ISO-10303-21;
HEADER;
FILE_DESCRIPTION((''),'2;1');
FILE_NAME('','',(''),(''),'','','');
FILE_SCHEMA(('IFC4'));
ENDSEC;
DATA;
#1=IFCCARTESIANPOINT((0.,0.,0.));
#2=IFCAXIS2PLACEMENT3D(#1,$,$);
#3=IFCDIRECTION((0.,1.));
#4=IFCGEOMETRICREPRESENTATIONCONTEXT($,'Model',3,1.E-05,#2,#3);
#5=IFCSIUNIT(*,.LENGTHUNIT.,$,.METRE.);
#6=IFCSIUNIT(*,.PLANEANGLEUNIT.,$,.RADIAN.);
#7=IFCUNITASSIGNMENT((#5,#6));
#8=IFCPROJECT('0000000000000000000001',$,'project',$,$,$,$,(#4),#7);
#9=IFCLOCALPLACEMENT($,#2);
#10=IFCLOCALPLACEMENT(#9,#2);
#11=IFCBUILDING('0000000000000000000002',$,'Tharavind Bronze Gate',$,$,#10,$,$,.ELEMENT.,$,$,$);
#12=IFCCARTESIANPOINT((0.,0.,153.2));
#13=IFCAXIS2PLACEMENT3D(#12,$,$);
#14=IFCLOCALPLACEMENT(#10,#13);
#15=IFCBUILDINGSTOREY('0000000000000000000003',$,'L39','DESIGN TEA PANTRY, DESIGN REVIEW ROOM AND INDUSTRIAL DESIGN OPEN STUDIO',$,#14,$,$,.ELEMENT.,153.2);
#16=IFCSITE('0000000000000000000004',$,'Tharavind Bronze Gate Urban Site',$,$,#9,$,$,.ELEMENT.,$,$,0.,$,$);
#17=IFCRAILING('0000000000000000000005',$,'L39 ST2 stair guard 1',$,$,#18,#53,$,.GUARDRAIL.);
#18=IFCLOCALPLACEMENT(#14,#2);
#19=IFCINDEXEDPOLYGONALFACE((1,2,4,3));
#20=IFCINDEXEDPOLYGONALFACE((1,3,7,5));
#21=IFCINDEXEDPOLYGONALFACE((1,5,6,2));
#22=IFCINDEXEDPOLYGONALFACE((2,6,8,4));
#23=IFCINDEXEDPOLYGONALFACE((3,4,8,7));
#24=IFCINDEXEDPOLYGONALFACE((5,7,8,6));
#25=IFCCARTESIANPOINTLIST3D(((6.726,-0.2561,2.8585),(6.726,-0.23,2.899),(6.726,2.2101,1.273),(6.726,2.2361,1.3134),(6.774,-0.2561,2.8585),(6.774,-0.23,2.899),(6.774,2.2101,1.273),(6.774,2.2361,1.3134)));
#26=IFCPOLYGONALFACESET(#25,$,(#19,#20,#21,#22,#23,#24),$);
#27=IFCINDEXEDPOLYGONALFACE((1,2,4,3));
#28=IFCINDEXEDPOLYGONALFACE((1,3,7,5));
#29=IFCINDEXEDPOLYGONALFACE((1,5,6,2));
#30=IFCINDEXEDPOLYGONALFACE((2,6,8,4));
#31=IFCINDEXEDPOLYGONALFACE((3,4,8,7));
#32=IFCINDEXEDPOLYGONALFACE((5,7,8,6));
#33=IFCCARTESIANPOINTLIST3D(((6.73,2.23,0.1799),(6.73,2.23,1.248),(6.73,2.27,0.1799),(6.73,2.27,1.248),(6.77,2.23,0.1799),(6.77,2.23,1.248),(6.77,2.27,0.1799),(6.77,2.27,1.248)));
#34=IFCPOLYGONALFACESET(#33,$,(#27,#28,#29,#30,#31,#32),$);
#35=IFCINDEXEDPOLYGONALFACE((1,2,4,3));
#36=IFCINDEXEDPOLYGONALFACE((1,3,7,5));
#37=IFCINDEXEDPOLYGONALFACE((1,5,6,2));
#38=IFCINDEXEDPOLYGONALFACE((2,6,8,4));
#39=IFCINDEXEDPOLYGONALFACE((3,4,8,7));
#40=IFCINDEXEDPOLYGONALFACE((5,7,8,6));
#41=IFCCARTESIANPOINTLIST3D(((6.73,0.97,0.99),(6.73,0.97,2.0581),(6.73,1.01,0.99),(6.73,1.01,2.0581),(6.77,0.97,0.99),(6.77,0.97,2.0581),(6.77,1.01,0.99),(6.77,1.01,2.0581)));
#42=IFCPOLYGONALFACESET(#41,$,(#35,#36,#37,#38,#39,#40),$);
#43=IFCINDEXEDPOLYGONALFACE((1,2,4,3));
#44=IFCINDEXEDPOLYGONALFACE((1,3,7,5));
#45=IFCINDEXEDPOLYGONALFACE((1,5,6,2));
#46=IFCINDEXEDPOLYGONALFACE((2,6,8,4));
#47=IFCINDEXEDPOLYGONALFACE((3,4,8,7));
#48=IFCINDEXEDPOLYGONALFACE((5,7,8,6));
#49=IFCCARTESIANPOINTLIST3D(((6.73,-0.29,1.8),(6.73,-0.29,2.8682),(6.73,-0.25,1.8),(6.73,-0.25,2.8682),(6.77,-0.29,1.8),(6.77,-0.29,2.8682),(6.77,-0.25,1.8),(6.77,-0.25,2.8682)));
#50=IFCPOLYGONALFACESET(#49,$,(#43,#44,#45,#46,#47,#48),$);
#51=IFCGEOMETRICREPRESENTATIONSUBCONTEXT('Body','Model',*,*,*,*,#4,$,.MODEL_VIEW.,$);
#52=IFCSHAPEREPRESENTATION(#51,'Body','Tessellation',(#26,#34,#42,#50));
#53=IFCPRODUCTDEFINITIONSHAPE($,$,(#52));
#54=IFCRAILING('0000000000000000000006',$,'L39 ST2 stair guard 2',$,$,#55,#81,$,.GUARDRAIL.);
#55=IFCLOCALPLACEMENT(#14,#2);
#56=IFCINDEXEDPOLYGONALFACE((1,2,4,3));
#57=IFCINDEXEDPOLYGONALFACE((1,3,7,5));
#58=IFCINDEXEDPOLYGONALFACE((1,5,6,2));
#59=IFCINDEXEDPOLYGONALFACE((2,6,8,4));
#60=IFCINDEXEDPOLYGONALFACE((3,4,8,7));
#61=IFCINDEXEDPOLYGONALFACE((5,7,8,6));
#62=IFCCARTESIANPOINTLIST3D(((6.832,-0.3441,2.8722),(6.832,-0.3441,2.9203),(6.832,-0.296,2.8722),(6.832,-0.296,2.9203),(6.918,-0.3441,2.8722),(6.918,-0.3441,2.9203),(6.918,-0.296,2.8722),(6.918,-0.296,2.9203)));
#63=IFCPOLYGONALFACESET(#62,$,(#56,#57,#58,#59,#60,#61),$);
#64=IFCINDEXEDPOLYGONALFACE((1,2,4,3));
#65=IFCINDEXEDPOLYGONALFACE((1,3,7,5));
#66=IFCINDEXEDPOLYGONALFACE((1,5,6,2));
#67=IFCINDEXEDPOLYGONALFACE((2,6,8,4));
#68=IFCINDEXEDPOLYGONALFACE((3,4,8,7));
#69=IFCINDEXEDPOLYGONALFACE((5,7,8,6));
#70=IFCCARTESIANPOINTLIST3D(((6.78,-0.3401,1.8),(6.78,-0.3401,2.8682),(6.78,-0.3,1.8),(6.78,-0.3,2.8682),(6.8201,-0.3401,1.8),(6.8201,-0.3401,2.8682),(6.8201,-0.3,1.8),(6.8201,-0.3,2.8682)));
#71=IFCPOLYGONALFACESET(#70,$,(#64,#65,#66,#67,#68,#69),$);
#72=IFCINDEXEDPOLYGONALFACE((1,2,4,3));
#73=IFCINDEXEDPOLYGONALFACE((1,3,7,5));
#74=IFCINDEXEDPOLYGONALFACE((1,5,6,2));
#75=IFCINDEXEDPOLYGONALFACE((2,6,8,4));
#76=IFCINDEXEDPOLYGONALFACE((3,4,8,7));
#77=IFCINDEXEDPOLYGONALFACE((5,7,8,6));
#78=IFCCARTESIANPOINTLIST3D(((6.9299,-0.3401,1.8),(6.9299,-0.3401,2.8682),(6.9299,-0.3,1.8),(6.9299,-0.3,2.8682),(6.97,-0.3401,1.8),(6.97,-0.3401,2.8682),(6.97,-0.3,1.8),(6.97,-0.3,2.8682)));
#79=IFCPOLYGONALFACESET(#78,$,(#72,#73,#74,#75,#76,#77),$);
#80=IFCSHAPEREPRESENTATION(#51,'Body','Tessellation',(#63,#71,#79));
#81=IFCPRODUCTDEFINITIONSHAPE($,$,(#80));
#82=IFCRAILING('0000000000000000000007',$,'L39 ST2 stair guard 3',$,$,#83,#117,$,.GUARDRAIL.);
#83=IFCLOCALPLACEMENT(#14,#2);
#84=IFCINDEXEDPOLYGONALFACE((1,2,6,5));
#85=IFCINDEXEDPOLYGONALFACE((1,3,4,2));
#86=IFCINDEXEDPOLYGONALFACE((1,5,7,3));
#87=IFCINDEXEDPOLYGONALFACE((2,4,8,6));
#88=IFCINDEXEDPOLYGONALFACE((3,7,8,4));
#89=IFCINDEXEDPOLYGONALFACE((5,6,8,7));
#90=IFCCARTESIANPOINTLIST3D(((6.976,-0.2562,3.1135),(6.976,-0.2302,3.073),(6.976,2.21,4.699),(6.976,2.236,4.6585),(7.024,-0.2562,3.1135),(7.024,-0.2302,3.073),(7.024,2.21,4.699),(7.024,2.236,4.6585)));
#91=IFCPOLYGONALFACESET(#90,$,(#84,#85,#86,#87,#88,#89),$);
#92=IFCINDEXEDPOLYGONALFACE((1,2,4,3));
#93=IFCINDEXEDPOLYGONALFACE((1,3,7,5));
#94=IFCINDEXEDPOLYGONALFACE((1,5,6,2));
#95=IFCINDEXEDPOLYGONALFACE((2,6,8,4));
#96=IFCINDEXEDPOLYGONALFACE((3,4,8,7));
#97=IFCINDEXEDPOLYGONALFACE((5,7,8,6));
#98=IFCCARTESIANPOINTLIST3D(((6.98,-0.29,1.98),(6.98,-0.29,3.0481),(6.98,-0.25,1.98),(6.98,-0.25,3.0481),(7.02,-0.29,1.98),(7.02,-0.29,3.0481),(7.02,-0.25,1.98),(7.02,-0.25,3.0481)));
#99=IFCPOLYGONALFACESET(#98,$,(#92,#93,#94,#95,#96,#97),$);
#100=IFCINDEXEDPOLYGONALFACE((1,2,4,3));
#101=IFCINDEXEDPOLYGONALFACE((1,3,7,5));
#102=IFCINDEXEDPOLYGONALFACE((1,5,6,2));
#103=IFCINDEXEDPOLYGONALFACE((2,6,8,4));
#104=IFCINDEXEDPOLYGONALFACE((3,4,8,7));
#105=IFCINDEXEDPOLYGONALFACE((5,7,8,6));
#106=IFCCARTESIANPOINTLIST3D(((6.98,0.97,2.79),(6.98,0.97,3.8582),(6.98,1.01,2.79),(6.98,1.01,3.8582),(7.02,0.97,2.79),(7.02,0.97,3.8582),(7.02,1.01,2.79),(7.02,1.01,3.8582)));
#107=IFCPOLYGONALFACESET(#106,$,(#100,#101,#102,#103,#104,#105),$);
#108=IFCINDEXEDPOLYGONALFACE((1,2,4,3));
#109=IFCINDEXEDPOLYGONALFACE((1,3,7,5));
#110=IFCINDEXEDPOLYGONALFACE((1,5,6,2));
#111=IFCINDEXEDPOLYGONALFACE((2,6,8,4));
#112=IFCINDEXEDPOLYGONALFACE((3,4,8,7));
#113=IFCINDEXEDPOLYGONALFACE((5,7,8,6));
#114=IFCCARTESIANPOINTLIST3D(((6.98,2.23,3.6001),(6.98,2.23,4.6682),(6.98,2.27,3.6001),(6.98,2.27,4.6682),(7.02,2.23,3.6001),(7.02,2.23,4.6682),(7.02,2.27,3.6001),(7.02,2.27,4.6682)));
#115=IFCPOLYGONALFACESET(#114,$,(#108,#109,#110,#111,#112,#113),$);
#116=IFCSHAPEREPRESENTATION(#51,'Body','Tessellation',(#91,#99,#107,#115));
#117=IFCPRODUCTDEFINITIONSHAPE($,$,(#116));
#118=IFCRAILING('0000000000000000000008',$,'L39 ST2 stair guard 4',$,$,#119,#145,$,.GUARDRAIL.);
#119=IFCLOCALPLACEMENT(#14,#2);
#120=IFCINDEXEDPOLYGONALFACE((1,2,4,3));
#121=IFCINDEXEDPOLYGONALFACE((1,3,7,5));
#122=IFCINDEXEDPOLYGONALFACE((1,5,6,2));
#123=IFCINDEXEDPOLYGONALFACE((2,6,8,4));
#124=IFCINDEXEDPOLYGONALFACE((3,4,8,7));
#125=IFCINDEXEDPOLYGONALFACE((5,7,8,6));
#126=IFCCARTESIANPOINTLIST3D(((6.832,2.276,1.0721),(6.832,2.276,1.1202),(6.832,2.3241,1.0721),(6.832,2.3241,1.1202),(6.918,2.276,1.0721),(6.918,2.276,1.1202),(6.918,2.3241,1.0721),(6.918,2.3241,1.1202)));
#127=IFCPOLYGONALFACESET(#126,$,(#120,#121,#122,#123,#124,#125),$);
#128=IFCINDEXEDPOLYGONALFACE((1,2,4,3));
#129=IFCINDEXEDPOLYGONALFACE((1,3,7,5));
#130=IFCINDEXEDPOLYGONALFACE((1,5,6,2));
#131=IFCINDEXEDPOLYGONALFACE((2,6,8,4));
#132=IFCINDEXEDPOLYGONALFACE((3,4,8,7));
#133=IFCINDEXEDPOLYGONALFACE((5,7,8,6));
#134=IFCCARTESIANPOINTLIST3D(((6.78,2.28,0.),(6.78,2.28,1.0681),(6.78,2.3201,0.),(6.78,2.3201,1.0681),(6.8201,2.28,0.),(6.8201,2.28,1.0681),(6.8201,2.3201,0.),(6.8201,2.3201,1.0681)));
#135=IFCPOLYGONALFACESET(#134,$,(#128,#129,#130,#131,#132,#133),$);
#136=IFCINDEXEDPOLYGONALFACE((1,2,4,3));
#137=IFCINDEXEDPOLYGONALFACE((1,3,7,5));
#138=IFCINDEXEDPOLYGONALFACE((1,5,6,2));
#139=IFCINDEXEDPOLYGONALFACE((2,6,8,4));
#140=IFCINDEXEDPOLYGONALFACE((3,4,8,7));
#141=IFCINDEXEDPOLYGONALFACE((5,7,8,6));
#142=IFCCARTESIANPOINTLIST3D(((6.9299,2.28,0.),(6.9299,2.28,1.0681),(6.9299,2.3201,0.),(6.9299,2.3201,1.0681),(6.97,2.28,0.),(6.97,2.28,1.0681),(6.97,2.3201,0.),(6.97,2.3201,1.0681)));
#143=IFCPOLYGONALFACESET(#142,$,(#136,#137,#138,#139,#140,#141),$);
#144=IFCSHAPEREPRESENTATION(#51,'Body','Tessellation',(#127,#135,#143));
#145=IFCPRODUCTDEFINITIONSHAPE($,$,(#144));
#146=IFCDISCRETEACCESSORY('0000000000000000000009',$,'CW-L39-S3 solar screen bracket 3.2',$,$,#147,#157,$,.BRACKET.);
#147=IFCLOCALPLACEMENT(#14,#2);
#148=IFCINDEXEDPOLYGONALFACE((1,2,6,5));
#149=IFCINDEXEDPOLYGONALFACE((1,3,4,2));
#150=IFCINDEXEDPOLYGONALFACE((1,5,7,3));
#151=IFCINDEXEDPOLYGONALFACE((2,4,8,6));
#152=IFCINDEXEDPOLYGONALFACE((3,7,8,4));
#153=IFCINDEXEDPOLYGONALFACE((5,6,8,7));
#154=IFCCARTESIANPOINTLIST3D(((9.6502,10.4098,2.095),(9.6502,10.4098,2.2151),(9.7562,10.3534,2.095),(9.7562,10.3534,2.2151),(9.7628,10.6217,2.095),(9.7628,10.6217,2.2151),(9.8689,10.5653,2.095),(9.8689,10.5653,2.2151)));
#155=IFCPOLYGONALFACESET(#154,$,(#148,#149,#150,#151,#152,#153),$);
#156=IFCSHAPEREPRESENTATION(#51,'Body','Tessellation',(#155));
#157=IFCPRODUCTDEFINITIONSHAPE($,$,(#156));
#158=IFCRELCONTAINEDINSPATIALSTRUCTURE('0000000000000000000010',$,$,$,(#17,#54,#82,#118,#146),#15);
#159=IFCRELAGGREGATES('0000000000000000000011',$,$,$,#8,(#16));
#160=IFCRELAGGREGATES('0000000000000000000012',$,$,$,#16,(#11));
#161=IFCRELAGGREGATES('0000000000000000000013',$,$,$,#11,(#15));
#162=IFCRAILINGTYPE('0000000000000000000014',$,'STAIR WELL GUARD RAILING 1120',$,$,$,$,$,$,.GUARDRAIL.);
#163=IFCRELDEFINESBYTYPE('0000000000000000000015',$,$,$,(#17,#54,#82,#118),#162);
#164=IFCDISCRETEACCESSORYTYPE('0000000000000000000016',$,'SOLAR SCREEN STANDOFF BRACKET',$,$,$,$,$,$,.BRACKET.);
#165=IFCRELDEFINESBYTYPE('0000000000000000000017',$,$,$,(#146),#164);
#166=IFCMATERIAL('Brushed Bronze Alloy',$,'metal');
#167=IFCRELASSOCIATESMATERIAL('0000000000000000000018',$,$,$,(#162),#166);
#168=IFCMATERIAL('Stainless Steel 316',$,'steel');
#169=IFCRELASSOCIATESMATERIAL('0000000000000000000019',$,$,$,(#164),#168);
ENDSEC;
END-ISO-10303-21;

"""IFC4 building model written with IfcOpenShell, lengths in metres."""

from ifc_helpers import new_model, si_unit, direction, frame, origin, origin_2d, place, context, subcontext, project, spatial, rectangle, extrude, material, type_object, element, save


model = new_model("IFC4")

# Units and contexts
model_context = context("Model", 3, precision=1e-05, world=origin(), true_north=direction((0.0, 1.0)))
body_context = subcontext(model_context, "Body", "Model", "MODEL_VIEW")
ifc_project = project(units=[si_unit("LENGTHUNIT", "METRE"), si_unit("PLANEANGLEUNIT", "RADIAN")], contexts=[model_context])

# Site, building, storey
site_placement = place(None, origin())
site = spatial("IfcSite", under=ifc_project, at=site_placement, Name="Tharavind Bronze Gate Urban Site", CompositionType="ELEMENT", RefElevation=0.0)
building_placement = place(site_placement, origin())
building = spatial("IfcBuilding", under=site, at=building_placement, Name="Tharavind Bronze Gate", CompositionType="ELEMENT")
storey_placement = place(building_placement, frame((0.0, 0.0, 153.2)))
storey = spatial("IfcBuildingStorey", under=building, at=storey_placement, Name="L39", Description="DESIGN TEA PANTRY, DESIGN REVIEW ROOM AND INDUSTRIAL DESIGN OPEN STUDIO", CompositionType="ELEMENT", Elevation=153.2)

# Railings
ifc_material_1 = material(Name="Brushed Bronze Alloy", Category="metal")
railing_type_1 = type_object("IfcRailingType", Name="STAIR WELL GUARD RAILING 1120", PredefinedType="GUARDRAIL", material=ifc_material_1)
railing_1_placement = place(storey_placement, frame((6.75, 2.25, 0.1799)))
element("IfcRailing", 1, at=railing_1_placement, inside=storey, type_object=railing_type_1, Name="L39 ST2 stair guard 1", PredefinedType="GUARDRAIL", context=body_context, shape_type="SweptSolid", body=[
    extrude(rectangle(XDim=0.0481, YDim=0.0481, at=origin_2d()), frame((0.0, -0.0269, 1.1133), z_axis=(0.0, -0.841163, 0.540782), x_axis=(1.0, 0.0, 0.0)), (0.0, 0.0, 1.0), 2.9319),
    extrude(rectangle(XDim=0.04, YDim=0.04, at=origin_2d()), origin(), (0.0, 0.0, 1.0), 1.0681),
    extrude(rectangle(XDim=0.04, YDim=0.04, at=origin_2d()), frame((0.0, -1.26, 0.8101)), (0.0, 0.0, 1.0), 1.0681),
    extrude(rectangle(XDim=0.04, YDim=0.04, at=origin_2d()), frame((0.0, -2.52, 1.6201)), (0.0, 0.0, 1.0), 1.0681),
])
railing_2_placement = place(storey_placement, frame((6.8, -0.3201, 1.8)))
element("IfcRailing", 2, at=railing_2_placement, inside=storey, type_object=railing_type_1, Name="L39 ST2 stair guard 2", PredefinedType="GUARDRAIL", context=body_context, shape_type="SweptSolid", body=[
    extrude(rectangle(XDim=0.0481, YDim=0.0481, at=origin_2d()), frame((0.032, 0.0, 1.0962), z_axis=(1.0, 0.0, 0.0), x_axis=(0.0, 1.0, 0.0)), (0.0, 0.0, 1.0), 0.0859),
    extrude(rectangle(XDim=0.04, YDim=0.04, at=origin_2d()), origin(), (0.0, 0.0, 1.0), 1.0681),
    extrude(rectangle(XDim=0.04, YDim=0.04, at=origin_2d()), frame((0.1499, 0.0, 0.0)), (0.0, 0.0, 1.0), 1.0681),
])
railing_3_placement = place(storey_placement, frame((7.0, -0.27, 1.98)))
element("IfcRailing", 3, at=railing_3_placement, inside=storey, type_object=railing_type_1, Name="L39 ST2 stair guard 3", PredefinedType="GUARDRAIL", context=body_context, shape_type="SweptSolid", body=[
    extrude(rectangle(XDim=0.0481, YDim=0.0481, at=origin_2d()), frame((0.0, 0.0269, 1.1133), z_axis=(0.0, 0.841163, 0.540782), x_axis=(-1.0, 0.0, 0.0)), (0.0, 0.0, 1.0), 2.9319),
    extrude(rectangle(XDim=0.04, YDim=0.04, at=origin_2d()), origin(), (0.0, 0.0, 1.0), 1.0681),
    extrude(rectangle(XDim=0.04, YDim=0.04, at=origin_2d()), frame((0.0, 1.26, 0.8101)), (0.0, 0.0, 1.0), 1.0681),
    extrude(rectangle(XDim=0.04, YDim=0.04, at=origin_2d()), frame((0.0, 2.52, 1.6201)), (0.0, 0.0, 1.0), 1.0681),
])
railing_4_placement = place(storey_placement, frame((6.8, 2.3, 0.0)))
element("IfcRailing", 4, at=railing_4_placement, inside=storey, type_object=railing_type_1, Name="L39 ST2 stair guard 4", PredefinedType="GUARDRAIL", context=body_context, shape_type="SweptSolid", body=[
    extrude(rectangle(XDim=0.0481, YDim=0.0481, at=origin_2d()), frame((0.032, 0.0, 1.0962), z_axis=(1.0, 0.0, 0.0), x_axis=(0.0, 1.0, 0.0)), (0.0, 0.0, 1.0), 0.0859),
    extrude(rectangle(XDim=0.04, YDim=0.04, at=origin_2d()), origin(), (0.0, 0.0, 1.0), 1.0681),
    extrude(rectangle(XDim=0.04, YDim=0.04, at=origin_2d()), frame((0.1499, 0.0, 0.0)), (0.0, 0.0, 1.0), 1.0681),
])

# Discrete accessory
ifc_material_2 = material(Name="Stainless Steel 316", Category="steel")
discrete_accessory_type = type_object("IfcDiscreteAccessoryType", Name="SOLAR SCREEN STANDOFF BRACKET", PredefinedType="BRACKET", material=ifc_material_2)
discrete_accessory_placement = place(storey_placement, frame((9.7595, 10.4875, 2.095), z_axis=(0.0, 0.0, 1.0), x_axis=(-0.882948, 0.469472, 0.0)))
element("IfcDiscreteAccessory", 5, at=discrete_accessory_placement, inside=storey, type_object=discrete_accessory_type, Name="CW-L39-S3 solar screen bracket 3.2", PredefinedType="BRACKET", context=body_context, shape_type="SweptSolid", body=[
    extrude(rectangle(XDim=0.1201, YDim=0.24, at=origin_2d()), origin(), (0.0, 0.0, 1.0), 0.1201),
])

save(model, "model.ifc")
